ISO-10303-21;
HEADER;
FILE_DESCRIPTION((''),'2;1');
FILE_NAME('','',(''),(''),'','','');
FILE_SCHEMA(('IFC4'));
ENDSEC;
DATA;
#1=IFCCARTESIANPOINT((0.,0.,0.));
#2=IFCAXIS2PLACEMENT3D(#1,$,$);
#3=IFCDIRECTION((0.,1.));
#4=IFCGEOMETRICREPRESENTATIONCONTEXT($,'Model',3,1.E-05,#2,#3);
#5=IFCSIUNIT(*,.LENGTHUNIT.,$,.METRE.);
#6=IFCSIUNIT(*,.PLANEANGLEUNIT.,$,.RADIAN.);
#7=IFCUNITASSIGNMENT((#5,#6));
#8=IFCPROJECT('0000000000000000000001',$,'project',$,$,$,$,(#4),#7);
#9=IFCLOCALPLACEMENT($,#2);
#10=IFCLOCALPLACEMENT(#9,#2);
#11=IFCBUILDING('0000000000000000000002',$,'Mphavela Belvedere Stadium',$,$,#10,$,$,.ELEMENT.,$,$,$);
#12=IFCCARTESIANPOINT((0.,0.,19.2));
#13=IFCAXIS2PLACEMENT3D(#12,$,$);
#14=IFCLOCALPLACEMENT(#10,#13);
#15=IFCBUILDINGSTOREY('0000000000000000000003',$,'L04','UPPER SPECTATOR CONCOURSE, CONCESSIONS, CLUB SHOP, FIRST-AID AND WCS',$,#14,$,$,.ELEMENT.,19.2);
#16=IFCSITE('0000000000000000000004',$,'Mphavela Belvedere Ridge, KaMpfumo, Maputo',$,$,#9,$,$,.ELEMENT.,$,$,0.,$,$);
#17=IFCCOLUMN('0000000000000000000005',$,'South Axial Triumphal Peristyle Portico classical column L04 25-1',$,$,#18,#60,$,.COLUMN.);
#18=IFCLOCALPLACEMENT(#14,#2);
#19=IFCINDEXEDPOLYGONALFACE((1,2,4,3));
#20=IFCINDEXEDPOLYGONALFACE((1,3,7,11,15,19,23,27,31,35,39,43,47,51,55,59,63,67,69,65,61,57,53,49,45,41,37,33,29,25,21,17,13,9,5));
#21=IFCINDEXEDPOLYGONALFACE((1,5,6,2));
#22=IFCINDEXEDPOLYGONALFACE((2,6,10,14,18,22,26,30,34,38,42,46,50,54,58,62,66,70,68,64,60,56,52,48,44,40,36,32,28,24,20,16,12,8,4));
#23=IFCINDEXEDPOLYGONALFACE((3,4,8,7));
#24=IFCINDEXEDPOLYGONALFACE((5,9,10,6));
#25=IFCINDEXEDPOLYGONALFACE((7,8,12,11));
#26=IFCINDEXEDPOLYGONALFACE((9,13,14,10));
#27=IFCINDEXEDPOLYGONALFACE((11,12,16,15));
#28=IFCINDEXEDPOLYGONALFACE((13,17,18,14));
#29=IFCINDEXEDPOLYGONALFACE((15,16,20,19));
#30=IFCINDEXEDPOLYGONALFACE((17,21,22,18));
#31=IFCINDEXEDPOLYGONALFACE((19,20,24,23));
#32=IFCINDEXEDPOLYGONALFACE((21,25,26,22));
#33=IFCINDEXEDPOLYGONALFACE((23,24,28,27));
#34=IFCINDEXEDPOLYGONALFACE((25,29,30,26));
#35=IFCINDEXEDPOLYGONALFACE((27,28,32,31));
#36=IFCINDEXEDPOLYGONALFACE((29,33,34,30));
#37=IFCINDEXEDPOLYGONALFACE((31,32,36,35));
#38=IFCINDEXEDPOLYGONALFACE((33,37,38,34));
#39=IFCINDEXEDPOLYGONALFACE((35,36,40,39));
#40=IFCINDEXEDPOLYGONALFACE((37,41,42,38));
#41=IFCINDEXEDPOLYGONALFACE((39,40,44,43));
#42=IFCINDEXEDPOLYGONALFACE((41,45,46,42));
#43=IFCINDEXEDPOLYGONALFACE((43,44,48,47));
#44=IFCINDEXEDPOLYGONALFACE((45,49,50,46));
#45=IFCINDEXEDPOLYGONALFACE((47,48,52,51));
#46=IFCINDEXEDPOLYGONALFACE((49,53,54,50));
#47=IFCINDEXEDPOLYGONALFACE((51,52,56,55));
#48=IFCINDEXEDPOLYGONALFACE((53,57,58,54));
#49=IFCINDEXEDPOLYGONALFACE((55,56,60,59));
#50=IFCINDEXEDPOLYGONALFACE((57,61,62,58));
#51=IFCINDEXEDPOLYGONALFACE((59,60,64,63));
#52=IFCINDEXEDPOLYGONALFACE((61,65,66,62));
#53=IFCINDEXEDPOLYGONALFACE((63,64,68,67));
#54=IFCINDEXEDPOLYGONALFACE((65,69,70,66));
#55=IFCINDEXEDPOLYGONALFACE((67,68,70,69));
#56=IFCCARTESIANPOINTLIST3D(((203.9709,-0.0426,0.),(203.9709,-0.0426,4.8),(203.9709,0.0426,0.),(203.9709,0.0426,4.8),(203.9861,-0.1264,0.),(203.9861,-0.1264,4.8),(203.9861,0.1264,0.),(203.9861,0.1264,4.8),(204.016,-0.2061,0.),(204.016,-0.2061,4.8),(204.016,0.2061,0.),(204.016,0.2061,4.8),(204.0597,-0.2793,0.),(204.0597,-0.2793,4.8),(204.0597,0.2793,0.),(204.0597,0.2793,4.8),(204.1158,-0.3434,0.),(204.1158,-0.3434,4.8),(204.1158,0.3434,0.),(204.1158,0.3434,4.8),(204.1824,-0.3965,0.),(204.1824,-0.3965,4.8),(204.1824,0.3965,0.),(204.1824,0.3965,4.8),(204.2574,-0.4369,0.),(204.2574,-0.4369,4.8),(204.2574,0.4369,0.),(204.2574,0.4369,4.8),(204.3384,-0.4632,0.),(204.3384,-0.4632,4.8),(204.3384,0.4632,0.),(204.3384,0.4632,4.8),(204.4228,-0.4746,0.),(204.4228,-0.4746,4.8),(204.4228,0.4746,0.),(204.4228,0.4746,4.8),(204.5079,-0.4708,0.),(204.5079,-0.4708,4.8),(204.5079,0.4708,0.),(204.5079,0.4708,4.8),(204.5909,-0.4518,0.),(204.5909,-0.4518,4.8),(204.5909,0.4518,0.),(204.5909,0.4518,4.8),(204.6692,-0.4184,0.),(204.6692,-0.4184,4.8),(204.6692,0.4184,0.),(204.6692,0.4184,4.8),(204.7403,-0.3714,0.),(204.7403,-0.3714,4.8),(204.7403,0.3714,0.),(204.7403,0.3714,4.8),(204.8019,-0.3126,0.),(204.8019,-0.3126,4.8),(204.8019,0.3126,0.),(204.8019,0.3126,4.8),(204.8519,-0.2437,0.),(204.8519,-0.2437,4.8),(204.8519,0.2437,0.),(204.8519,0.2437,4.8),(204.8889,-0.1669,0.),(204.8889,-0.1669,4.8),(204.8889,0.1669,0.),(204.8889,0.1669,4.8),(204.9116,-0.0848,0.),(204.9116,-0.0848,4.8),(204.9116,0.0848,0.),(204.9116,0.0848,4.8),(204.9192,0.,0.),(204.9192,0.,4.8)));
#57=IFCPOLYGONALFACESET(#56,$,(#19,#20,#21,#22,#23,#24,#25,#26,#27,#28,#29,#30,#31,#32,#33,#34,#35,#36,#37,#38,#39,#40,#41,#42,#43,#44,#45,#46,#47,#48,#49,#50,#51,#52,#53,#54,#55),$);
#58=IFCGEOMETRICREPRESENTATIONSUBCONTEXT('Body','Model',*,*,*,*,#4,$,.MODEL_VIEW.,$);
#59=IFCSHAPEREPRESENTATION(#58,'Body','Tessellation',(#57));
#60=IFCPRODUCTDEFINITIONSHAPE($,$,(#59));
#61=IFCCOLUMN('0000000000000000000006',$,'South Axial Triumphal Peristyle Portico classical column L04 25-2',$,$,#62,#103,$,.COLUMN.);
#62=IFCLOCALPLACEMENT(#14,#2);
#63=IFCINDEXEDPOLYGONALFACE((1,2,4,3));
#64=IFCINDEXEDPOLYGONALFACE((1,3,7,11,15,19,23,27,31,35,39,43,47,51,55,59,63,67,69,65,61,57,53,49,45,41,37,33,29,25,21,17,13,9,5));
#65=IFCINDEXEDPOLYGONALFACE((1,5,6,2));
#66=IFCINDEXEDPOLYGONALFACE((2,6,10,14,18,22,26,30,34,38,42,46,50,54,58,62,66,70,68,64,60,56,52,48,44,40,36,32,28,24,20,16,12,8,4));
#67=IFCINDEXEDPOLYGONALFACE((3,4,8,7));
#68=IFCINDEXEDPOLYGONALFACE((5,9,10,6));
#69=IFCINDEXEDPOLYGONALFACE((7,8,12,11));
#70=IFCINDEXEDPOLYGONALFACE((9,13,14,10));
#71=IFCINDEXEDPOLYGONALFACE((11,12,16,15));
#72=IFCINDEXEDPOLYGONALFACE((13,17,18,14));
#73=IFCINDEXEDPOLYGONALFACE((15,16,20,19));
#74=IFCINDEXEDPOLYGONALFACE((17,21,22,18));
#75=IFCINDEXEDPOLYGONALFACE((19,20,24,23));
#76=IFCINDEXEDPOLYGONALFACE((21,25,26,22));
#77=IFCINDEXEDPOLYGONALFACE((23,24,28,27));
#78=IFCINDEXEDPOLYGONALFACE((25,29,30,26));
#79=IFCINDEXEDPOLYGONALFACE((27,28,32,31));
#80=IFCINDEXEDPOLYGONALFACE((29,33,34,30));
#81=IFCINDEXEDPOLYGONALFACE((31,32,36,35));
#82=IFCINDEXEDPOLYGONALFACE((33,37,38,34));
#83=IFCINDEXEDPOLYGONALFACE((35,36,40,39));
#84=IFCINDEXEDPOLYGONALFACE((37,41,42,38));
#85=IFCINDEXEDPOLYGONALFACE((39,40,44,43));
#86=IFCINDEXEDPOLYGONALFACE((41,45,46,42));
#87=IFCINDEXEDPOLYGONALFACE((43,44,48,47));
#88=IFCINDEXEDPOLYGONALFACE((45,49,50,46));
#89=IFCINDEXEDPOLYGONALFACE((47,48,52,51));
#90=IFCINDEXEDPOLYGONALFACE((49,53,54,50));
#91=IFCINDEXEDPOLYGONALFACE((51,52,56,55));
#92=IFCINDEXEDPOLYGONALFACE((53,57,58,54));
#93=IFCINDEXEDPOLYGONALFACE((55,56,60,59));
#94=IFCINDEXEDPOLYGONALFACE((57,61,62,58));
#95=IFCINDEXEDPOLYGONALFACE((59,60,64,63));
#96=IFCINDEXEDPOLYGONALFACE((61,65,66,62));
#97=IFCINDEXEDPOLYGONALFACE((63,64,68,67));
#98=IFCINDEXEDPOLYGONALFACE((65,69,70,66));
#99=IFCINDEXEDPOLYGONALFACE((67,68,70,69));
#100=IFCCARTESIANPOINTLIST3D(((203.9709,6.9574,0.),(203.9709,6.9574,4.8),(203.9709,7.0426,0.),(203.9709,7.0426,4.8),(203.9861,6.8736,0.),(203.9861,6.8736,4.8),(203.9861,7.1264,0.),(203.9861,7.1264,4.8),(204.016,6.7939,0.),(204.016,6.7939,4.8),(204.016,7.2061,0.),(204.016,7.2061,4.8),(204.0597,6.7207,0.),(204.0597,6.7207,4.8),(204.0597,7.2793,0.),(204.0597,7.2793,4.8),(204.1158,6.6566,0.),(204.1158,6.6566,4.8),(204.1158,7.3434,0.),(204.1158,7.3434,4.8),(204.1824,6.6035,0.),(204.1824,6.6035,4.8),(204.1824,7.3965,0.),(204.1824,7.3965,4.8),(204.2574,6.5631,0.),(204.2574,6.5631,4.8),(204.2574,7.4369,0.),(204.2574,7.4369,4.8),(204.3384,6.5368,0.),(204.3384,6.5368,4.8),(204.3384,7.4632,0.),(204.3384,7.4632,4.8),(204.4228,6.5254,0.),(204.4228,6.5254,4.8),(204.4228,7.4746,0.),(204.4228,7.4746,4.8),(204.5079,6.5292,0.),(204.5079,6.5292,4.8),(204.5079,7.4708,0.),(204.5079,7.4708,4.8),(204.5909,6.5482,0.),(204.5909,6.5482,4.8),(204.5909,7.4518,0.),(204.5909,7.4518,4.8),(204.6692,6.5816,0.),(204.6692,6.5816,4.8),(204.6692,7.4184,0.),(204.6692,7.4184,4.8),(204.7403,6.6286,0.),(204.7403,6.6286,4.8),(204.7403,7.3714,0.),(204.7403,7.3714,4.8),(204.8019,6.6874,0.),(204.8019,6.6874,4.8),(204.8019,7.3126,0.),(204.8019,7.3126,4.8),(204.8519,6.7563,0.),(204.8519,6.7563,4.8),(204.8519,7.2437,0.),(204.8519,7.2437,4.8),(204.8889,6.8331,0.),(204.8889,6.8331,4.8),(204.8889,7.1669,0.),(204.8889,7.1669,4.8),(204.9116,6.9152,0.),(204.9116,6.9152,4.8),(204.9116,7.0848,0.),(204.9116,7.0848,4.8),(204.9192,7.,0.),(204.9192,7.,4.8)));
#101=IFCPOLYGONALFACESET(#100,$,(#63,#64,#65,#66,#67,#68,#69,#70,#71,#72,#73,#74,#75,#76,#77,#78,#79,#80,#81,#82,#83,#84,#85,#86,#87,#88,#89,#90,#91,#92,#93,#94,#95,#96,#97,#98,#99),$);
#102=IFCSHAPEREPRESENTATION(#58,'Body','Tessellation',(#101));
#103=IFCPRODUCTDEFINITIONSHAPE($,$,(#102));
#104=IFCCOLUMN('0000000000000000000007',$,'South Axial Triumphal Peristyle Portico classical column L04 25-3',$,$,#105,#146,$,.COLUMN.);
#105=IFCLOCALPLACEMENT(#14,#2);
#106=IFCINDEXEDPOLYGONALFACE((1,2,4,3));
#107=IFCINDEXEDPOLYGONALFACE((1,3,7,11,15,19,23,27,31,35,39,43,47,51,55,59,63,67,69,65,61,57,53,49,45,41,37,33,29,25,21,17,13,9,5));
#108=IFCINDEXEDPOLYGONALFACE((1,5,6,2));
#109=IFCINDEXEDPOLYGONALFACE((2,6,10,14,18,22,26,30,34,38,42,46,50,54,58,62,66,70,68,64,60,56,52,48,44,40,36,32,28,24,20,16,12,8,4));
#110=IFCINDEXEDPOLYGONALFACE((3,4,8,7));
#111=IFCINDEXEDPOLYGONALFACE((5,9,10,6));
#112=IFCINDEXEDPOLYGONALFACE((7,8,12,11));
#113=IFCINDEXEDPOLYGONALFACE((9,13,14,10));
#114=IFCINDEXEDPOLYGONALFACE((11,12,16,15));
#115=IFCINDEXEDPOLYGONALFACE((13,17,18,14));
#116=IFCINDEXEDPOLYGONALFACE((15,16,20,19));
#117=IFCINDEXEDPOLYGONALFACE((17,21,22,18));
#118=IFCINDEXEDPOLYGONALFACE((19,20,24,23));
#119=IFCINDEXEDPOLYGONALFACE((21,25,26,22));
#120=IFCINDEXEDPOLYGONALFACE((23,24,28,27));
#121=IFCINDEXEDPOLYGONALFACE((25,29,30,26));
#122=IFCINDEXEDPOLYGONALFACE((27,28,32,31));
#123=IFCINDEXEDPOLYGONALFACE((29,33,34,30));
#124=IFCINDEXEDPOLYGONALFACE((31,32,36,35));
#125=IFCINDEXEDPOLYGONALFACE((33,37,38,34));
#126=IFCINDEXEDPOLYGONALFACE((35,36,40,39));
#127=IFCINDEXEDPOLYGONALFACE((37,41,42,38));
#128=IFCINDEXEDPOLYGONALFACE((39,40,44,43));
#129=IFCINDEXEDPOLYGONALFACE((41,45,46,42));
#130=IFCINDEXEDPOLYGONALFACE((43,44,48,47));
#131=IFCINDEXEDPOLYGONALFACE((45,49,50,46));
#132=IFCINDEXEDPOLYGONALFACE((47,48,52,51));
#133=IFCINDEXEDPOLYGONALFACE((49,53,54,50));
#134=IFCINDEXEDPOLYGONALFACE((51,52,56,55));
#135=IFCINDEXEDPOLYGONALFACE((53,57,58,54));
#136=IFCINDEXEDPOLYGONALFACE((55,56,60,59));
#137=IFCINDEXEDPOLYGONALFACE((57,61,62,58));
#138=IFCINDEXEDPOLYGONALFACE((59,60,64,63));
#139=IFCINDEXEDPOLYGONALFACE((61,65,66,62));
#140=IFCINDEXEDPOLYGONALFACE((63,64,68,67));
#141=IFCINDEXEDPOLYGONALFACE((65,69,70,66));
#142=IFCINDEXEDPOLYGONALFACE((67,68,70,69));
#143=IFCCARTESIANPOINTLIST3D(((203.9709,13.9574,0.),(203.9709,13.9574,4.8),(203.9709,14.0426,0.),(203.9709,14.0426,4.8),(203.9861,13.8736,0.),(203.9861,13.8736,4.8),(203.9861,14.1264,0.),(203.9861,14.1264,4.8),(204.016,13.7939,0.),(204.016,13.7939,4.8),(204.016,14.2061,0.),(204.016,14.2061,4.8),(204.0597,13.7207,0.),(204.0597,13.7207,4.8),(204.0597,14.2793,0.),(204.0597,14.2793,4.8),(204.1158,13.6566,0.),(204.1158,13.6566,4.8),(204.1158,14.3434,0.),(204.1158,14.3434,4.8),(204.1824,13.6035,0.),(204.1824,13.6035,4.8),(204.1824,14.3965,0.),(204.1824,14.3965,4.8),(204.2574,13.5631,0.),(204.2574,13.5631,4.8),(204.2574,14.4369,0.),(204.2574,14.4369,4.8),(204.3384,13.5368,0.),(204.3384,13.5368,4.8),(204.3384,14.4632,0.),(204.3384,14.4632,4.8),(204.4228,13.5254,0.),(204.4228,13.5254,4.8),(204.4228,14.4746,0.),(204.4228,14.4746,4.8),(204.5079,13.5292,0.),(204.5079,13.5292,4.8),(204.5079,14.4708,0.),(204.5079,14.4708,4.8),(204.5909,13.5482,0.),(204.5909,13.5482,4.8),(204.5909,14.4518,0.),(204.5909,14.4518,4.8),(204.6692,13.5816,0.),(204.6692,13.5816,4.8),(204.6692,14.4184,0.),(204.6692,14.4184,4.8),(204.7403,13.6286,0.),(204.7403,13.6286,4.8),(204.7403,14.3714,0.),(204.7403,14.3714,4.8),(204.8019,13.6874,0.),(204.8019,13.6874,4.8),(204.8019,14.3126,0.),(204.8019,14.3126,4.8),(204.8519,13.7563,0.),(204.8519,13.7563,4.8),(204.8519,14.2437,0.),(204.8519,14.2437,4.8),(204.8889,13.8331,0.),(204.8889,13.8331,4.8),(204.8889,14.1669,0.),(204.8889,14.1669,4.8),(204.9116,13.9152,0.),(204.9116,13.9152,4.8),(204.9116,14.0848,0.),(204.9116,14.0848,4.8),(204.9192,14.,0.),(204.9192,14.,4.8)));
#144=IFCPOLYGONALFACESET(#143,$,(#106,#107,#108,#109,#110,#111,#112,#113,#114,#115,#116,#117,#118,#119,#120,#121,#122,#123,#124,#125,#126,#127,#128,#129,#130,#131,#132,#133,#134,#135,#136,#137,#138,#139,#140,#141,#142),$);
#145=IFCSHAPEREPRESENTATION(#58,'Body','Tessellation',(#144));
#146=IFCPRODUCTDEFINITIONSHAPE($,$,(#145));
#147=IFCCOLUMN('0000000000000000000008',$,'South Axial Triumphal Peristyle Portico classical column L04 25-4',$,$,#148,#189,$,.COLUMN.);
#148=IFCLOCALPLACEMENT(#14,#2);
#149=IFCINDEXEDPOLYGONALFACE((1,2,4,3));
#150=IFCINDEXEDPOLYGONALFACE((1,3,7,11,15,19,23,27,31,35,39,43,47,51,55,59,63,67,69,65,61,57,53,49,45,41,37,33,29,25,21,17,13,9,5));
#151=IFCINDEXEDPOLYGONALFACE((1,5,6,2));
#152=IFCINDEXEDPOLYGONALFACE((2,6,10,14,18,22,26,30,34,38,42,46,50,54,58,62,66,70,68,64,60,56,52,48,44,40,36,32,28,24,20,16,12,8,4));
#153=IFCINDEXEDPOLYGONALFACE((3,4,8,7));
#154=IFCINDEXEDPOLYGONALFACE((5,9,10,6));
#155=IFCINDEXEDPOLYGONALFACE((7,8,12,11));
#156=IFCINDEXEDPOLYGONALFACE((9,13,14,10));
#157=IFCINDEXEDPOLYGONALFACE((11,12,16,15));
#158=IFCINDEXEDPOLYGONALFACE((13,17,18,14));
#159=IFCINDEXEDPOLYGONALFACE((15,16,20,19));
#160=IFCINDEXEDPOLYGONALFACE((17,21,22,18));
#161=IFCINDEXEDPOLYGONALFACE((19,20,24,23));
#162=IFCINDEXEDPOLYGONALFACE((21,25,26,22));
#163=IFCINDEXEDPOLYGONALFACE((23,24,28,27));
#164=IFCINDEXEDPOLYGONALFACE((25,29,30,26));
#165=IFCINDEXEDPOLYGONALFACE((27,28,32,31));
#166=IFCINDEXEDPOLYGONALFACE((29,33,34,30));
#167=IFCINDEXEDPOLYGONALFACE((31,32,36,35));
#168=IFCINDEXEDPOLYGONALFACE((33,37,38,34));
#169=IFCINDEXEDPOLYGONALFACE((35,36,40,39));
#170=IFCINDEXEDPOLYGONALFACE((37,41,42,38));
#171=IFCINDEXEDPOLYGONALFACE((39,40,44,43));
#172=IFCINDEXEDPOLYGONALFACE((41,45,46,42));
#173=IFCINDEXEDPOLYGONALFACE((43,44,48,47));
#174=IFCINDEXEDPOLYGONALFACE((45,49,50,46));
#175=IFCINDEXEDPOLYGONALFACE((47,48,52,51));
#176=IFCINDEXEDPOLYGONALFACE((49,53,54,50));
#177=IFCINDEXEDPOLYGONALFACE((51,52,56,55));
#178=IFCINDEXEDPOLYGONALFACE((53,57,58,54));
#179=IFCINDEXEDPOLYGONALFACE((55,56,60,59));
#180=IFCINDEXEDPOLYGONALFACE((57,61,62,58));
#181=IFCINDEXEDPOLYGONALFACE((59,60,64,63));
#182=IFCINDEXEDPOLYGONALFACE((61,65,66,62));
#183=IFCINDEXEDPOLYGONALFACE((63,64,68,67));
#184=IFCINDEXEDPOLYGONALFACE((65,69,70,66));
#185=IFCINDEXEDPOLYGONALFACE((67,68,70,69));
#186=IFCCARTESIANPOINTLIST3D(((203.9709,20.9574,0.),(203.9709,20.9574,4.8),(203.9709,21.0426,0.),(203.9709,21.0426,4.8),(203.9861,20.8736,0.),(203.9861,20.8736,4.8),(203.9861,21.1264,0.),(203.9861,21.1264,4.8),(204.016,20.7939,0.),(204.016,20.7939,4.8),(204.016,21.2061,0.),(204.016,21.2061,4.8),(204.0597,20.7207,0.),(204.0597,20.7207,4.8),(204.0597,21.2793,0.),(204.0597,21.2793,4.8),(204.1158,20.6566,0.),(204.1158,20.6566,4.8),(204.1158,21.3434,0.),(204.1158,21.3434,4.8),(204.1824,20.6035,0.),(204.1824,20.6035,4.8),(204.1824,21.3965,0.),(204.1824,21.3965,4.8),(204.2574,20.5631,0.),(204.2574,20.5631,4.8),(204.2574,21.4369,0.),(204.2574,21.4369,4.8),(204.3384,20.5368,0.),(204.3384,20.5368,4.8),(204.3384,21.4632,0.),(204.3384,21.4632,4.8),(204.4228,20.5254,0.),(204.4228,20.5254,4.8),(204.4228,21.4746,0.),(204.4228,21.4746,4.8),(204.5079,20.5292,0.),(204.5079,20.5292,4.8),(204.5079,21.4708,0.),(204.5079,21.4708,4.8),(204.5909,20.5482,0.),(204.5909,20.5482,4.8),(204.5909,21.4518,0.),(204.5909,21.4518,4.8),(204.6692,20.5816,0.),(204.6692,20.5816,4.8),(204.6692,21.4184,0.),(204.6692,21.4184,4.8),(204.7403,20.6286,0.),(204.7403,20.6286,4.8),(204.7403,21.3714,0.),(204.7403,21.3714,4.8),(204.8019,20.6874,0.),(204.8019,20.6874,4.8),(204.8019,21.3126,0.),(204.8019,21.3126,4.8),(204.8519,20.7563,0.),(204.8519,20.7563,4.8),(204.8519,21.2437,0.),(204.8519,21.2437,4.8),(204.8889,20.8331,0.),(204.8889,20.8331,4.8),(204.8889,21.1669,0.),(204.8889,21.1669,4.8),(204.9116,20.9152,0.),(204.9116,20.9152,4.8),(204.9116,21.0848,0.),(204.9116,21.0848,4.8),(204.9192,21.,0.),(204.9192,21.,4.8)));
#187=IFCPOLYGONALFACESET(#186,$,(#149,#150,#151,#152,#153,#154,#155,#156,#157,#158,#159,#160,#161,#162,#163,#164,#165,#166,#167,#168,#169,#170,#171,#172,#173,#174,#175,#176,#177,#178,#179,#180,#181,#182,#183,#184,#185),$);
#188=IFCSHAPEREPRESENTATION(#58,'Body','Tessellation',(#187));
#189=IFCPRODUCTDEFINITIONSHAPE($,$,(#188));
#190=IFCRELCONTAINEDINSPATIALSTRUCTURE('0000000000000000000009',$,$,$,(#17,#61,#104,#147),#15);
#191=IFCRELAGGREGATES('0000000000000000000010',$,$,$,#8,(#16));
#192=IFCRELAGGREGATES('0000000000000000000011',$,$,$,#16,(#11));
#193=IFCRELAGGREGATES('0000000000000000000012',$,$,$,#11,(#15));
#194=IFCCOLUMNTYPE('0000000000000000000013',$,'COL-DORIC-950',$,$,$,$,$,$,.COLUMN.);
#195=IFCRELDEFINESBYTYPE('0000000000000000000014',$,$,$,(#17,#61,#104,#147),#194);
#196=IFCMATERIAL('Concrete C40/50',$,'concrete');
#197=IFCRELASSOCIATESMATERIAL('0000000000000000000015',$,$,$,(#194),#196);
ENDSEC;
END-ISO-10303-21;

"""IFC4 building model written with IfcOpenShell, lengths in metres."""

from ifc_helpers import new_model, si_unit, direction, frame, origin, origin_2d, place, context, subcontext, project, spatial, circle, extrude, material, material_profile, profile_set, type_object, element, save


model = new_model("IFC4")

# Units and contexts
model_context = context("Model", 3, precision=1e-05, world=origin(), true_north=direction((0.0, 1.0)))
body_context = subcontext(model_context, "Body", "Model", "MODEL_VIEW")
ifc_project = project(units=[si_unit("LENGTHUNIT", "METRE"), si_unit("PLANEANGLEUNIT", "RADIAN")], contexts=[model_context])

# Site, building, storey
site_placement = place(None, origin())
site = spatial("IfcSite", under=ifc_project, at=site_placement, Name="Mphavela Belvedere Ridge, KaMpfumo, Maputo", CompositionType="ELEMENT", RefElevation=0.0)
building_placement = place(site_placement, origin())
building = spatial("IfcBuilding", under=site, at=building_placement, Name="Mphavela Belvedere Stadium", CompositionType="ELEMENT")
storey_placement = place(building_placement, frame((0.0, 0.0, 19.2)))
storey = spatial("IfcBuildingStorey", under=building, at=storey_placement, Name="L04", Description="UPPER SPECTATOR CONCOURSE, CONCESSIONS, CLUB SHOP, FIRST-AID AND WCS", CompositionType="ELEMENT", Elevation=19.2)

# Columns
ifc_material_1 = material(Name="Concrete C40/50", Category="concrete")
ifc_material_profile_1 = material_profile(ifc_material_1, circle(Radius=0.4751, at=origin_2d()), Name="COL D950")
ifc_profile_set_1 = profile_set([ifc_material_profile_1], Name="Concrete C40/50")
column_type = type_object("IfcColumnType", Name="COL-DORIC-950", PredefinedType="COLUMN", material=ifc_profile_set_1)
for number, where, z_axis, x_axis, name in (
    (1, (204.4441, 0.0, 0.0), (0.0, 0.0, 1.0), (1.0, 0.0, 0.0), "South Axial Triumphal Peristyle Portico classical column L04 25-1"),
    (2, (204.4441, 7.0, 0.0), (0.0, 0.0, 1.0), (1.0, 0.0, 0.0), "South Axial Triumphal Peristyle Portico classical column L04 25-2"),
    (3, (204.4441, 14.0, 0.0), (0.0, 0.0, 1.0), (1.0, 0.0, 0.0), "South Axial Triumphal Peristyle Portico classical column L04 25-3"),
    (4, (204.4441, 21.0, 0.0), (0.0, 0.0, 1.0), (1.0, 0.0, 0.0), "South Axial Triumphal Peristyle Portico classical column L04 25-4"),
):
    element("IfcColumn", number, at=place(storey_placement, frame(where, z_axis=z_axis, x_axis=x_axis)), inside=storey, type_object=column_type, Name=name, PredefinedType="COLUMN", context=body_context, shape_type="SweptSolid", body=[
        extrude(circle(Radius=0.4751, at=origin_2d()), origin(), (0.0, 0.0, 1.0), 4.8),
    ])

save(model, "model.ifc")
